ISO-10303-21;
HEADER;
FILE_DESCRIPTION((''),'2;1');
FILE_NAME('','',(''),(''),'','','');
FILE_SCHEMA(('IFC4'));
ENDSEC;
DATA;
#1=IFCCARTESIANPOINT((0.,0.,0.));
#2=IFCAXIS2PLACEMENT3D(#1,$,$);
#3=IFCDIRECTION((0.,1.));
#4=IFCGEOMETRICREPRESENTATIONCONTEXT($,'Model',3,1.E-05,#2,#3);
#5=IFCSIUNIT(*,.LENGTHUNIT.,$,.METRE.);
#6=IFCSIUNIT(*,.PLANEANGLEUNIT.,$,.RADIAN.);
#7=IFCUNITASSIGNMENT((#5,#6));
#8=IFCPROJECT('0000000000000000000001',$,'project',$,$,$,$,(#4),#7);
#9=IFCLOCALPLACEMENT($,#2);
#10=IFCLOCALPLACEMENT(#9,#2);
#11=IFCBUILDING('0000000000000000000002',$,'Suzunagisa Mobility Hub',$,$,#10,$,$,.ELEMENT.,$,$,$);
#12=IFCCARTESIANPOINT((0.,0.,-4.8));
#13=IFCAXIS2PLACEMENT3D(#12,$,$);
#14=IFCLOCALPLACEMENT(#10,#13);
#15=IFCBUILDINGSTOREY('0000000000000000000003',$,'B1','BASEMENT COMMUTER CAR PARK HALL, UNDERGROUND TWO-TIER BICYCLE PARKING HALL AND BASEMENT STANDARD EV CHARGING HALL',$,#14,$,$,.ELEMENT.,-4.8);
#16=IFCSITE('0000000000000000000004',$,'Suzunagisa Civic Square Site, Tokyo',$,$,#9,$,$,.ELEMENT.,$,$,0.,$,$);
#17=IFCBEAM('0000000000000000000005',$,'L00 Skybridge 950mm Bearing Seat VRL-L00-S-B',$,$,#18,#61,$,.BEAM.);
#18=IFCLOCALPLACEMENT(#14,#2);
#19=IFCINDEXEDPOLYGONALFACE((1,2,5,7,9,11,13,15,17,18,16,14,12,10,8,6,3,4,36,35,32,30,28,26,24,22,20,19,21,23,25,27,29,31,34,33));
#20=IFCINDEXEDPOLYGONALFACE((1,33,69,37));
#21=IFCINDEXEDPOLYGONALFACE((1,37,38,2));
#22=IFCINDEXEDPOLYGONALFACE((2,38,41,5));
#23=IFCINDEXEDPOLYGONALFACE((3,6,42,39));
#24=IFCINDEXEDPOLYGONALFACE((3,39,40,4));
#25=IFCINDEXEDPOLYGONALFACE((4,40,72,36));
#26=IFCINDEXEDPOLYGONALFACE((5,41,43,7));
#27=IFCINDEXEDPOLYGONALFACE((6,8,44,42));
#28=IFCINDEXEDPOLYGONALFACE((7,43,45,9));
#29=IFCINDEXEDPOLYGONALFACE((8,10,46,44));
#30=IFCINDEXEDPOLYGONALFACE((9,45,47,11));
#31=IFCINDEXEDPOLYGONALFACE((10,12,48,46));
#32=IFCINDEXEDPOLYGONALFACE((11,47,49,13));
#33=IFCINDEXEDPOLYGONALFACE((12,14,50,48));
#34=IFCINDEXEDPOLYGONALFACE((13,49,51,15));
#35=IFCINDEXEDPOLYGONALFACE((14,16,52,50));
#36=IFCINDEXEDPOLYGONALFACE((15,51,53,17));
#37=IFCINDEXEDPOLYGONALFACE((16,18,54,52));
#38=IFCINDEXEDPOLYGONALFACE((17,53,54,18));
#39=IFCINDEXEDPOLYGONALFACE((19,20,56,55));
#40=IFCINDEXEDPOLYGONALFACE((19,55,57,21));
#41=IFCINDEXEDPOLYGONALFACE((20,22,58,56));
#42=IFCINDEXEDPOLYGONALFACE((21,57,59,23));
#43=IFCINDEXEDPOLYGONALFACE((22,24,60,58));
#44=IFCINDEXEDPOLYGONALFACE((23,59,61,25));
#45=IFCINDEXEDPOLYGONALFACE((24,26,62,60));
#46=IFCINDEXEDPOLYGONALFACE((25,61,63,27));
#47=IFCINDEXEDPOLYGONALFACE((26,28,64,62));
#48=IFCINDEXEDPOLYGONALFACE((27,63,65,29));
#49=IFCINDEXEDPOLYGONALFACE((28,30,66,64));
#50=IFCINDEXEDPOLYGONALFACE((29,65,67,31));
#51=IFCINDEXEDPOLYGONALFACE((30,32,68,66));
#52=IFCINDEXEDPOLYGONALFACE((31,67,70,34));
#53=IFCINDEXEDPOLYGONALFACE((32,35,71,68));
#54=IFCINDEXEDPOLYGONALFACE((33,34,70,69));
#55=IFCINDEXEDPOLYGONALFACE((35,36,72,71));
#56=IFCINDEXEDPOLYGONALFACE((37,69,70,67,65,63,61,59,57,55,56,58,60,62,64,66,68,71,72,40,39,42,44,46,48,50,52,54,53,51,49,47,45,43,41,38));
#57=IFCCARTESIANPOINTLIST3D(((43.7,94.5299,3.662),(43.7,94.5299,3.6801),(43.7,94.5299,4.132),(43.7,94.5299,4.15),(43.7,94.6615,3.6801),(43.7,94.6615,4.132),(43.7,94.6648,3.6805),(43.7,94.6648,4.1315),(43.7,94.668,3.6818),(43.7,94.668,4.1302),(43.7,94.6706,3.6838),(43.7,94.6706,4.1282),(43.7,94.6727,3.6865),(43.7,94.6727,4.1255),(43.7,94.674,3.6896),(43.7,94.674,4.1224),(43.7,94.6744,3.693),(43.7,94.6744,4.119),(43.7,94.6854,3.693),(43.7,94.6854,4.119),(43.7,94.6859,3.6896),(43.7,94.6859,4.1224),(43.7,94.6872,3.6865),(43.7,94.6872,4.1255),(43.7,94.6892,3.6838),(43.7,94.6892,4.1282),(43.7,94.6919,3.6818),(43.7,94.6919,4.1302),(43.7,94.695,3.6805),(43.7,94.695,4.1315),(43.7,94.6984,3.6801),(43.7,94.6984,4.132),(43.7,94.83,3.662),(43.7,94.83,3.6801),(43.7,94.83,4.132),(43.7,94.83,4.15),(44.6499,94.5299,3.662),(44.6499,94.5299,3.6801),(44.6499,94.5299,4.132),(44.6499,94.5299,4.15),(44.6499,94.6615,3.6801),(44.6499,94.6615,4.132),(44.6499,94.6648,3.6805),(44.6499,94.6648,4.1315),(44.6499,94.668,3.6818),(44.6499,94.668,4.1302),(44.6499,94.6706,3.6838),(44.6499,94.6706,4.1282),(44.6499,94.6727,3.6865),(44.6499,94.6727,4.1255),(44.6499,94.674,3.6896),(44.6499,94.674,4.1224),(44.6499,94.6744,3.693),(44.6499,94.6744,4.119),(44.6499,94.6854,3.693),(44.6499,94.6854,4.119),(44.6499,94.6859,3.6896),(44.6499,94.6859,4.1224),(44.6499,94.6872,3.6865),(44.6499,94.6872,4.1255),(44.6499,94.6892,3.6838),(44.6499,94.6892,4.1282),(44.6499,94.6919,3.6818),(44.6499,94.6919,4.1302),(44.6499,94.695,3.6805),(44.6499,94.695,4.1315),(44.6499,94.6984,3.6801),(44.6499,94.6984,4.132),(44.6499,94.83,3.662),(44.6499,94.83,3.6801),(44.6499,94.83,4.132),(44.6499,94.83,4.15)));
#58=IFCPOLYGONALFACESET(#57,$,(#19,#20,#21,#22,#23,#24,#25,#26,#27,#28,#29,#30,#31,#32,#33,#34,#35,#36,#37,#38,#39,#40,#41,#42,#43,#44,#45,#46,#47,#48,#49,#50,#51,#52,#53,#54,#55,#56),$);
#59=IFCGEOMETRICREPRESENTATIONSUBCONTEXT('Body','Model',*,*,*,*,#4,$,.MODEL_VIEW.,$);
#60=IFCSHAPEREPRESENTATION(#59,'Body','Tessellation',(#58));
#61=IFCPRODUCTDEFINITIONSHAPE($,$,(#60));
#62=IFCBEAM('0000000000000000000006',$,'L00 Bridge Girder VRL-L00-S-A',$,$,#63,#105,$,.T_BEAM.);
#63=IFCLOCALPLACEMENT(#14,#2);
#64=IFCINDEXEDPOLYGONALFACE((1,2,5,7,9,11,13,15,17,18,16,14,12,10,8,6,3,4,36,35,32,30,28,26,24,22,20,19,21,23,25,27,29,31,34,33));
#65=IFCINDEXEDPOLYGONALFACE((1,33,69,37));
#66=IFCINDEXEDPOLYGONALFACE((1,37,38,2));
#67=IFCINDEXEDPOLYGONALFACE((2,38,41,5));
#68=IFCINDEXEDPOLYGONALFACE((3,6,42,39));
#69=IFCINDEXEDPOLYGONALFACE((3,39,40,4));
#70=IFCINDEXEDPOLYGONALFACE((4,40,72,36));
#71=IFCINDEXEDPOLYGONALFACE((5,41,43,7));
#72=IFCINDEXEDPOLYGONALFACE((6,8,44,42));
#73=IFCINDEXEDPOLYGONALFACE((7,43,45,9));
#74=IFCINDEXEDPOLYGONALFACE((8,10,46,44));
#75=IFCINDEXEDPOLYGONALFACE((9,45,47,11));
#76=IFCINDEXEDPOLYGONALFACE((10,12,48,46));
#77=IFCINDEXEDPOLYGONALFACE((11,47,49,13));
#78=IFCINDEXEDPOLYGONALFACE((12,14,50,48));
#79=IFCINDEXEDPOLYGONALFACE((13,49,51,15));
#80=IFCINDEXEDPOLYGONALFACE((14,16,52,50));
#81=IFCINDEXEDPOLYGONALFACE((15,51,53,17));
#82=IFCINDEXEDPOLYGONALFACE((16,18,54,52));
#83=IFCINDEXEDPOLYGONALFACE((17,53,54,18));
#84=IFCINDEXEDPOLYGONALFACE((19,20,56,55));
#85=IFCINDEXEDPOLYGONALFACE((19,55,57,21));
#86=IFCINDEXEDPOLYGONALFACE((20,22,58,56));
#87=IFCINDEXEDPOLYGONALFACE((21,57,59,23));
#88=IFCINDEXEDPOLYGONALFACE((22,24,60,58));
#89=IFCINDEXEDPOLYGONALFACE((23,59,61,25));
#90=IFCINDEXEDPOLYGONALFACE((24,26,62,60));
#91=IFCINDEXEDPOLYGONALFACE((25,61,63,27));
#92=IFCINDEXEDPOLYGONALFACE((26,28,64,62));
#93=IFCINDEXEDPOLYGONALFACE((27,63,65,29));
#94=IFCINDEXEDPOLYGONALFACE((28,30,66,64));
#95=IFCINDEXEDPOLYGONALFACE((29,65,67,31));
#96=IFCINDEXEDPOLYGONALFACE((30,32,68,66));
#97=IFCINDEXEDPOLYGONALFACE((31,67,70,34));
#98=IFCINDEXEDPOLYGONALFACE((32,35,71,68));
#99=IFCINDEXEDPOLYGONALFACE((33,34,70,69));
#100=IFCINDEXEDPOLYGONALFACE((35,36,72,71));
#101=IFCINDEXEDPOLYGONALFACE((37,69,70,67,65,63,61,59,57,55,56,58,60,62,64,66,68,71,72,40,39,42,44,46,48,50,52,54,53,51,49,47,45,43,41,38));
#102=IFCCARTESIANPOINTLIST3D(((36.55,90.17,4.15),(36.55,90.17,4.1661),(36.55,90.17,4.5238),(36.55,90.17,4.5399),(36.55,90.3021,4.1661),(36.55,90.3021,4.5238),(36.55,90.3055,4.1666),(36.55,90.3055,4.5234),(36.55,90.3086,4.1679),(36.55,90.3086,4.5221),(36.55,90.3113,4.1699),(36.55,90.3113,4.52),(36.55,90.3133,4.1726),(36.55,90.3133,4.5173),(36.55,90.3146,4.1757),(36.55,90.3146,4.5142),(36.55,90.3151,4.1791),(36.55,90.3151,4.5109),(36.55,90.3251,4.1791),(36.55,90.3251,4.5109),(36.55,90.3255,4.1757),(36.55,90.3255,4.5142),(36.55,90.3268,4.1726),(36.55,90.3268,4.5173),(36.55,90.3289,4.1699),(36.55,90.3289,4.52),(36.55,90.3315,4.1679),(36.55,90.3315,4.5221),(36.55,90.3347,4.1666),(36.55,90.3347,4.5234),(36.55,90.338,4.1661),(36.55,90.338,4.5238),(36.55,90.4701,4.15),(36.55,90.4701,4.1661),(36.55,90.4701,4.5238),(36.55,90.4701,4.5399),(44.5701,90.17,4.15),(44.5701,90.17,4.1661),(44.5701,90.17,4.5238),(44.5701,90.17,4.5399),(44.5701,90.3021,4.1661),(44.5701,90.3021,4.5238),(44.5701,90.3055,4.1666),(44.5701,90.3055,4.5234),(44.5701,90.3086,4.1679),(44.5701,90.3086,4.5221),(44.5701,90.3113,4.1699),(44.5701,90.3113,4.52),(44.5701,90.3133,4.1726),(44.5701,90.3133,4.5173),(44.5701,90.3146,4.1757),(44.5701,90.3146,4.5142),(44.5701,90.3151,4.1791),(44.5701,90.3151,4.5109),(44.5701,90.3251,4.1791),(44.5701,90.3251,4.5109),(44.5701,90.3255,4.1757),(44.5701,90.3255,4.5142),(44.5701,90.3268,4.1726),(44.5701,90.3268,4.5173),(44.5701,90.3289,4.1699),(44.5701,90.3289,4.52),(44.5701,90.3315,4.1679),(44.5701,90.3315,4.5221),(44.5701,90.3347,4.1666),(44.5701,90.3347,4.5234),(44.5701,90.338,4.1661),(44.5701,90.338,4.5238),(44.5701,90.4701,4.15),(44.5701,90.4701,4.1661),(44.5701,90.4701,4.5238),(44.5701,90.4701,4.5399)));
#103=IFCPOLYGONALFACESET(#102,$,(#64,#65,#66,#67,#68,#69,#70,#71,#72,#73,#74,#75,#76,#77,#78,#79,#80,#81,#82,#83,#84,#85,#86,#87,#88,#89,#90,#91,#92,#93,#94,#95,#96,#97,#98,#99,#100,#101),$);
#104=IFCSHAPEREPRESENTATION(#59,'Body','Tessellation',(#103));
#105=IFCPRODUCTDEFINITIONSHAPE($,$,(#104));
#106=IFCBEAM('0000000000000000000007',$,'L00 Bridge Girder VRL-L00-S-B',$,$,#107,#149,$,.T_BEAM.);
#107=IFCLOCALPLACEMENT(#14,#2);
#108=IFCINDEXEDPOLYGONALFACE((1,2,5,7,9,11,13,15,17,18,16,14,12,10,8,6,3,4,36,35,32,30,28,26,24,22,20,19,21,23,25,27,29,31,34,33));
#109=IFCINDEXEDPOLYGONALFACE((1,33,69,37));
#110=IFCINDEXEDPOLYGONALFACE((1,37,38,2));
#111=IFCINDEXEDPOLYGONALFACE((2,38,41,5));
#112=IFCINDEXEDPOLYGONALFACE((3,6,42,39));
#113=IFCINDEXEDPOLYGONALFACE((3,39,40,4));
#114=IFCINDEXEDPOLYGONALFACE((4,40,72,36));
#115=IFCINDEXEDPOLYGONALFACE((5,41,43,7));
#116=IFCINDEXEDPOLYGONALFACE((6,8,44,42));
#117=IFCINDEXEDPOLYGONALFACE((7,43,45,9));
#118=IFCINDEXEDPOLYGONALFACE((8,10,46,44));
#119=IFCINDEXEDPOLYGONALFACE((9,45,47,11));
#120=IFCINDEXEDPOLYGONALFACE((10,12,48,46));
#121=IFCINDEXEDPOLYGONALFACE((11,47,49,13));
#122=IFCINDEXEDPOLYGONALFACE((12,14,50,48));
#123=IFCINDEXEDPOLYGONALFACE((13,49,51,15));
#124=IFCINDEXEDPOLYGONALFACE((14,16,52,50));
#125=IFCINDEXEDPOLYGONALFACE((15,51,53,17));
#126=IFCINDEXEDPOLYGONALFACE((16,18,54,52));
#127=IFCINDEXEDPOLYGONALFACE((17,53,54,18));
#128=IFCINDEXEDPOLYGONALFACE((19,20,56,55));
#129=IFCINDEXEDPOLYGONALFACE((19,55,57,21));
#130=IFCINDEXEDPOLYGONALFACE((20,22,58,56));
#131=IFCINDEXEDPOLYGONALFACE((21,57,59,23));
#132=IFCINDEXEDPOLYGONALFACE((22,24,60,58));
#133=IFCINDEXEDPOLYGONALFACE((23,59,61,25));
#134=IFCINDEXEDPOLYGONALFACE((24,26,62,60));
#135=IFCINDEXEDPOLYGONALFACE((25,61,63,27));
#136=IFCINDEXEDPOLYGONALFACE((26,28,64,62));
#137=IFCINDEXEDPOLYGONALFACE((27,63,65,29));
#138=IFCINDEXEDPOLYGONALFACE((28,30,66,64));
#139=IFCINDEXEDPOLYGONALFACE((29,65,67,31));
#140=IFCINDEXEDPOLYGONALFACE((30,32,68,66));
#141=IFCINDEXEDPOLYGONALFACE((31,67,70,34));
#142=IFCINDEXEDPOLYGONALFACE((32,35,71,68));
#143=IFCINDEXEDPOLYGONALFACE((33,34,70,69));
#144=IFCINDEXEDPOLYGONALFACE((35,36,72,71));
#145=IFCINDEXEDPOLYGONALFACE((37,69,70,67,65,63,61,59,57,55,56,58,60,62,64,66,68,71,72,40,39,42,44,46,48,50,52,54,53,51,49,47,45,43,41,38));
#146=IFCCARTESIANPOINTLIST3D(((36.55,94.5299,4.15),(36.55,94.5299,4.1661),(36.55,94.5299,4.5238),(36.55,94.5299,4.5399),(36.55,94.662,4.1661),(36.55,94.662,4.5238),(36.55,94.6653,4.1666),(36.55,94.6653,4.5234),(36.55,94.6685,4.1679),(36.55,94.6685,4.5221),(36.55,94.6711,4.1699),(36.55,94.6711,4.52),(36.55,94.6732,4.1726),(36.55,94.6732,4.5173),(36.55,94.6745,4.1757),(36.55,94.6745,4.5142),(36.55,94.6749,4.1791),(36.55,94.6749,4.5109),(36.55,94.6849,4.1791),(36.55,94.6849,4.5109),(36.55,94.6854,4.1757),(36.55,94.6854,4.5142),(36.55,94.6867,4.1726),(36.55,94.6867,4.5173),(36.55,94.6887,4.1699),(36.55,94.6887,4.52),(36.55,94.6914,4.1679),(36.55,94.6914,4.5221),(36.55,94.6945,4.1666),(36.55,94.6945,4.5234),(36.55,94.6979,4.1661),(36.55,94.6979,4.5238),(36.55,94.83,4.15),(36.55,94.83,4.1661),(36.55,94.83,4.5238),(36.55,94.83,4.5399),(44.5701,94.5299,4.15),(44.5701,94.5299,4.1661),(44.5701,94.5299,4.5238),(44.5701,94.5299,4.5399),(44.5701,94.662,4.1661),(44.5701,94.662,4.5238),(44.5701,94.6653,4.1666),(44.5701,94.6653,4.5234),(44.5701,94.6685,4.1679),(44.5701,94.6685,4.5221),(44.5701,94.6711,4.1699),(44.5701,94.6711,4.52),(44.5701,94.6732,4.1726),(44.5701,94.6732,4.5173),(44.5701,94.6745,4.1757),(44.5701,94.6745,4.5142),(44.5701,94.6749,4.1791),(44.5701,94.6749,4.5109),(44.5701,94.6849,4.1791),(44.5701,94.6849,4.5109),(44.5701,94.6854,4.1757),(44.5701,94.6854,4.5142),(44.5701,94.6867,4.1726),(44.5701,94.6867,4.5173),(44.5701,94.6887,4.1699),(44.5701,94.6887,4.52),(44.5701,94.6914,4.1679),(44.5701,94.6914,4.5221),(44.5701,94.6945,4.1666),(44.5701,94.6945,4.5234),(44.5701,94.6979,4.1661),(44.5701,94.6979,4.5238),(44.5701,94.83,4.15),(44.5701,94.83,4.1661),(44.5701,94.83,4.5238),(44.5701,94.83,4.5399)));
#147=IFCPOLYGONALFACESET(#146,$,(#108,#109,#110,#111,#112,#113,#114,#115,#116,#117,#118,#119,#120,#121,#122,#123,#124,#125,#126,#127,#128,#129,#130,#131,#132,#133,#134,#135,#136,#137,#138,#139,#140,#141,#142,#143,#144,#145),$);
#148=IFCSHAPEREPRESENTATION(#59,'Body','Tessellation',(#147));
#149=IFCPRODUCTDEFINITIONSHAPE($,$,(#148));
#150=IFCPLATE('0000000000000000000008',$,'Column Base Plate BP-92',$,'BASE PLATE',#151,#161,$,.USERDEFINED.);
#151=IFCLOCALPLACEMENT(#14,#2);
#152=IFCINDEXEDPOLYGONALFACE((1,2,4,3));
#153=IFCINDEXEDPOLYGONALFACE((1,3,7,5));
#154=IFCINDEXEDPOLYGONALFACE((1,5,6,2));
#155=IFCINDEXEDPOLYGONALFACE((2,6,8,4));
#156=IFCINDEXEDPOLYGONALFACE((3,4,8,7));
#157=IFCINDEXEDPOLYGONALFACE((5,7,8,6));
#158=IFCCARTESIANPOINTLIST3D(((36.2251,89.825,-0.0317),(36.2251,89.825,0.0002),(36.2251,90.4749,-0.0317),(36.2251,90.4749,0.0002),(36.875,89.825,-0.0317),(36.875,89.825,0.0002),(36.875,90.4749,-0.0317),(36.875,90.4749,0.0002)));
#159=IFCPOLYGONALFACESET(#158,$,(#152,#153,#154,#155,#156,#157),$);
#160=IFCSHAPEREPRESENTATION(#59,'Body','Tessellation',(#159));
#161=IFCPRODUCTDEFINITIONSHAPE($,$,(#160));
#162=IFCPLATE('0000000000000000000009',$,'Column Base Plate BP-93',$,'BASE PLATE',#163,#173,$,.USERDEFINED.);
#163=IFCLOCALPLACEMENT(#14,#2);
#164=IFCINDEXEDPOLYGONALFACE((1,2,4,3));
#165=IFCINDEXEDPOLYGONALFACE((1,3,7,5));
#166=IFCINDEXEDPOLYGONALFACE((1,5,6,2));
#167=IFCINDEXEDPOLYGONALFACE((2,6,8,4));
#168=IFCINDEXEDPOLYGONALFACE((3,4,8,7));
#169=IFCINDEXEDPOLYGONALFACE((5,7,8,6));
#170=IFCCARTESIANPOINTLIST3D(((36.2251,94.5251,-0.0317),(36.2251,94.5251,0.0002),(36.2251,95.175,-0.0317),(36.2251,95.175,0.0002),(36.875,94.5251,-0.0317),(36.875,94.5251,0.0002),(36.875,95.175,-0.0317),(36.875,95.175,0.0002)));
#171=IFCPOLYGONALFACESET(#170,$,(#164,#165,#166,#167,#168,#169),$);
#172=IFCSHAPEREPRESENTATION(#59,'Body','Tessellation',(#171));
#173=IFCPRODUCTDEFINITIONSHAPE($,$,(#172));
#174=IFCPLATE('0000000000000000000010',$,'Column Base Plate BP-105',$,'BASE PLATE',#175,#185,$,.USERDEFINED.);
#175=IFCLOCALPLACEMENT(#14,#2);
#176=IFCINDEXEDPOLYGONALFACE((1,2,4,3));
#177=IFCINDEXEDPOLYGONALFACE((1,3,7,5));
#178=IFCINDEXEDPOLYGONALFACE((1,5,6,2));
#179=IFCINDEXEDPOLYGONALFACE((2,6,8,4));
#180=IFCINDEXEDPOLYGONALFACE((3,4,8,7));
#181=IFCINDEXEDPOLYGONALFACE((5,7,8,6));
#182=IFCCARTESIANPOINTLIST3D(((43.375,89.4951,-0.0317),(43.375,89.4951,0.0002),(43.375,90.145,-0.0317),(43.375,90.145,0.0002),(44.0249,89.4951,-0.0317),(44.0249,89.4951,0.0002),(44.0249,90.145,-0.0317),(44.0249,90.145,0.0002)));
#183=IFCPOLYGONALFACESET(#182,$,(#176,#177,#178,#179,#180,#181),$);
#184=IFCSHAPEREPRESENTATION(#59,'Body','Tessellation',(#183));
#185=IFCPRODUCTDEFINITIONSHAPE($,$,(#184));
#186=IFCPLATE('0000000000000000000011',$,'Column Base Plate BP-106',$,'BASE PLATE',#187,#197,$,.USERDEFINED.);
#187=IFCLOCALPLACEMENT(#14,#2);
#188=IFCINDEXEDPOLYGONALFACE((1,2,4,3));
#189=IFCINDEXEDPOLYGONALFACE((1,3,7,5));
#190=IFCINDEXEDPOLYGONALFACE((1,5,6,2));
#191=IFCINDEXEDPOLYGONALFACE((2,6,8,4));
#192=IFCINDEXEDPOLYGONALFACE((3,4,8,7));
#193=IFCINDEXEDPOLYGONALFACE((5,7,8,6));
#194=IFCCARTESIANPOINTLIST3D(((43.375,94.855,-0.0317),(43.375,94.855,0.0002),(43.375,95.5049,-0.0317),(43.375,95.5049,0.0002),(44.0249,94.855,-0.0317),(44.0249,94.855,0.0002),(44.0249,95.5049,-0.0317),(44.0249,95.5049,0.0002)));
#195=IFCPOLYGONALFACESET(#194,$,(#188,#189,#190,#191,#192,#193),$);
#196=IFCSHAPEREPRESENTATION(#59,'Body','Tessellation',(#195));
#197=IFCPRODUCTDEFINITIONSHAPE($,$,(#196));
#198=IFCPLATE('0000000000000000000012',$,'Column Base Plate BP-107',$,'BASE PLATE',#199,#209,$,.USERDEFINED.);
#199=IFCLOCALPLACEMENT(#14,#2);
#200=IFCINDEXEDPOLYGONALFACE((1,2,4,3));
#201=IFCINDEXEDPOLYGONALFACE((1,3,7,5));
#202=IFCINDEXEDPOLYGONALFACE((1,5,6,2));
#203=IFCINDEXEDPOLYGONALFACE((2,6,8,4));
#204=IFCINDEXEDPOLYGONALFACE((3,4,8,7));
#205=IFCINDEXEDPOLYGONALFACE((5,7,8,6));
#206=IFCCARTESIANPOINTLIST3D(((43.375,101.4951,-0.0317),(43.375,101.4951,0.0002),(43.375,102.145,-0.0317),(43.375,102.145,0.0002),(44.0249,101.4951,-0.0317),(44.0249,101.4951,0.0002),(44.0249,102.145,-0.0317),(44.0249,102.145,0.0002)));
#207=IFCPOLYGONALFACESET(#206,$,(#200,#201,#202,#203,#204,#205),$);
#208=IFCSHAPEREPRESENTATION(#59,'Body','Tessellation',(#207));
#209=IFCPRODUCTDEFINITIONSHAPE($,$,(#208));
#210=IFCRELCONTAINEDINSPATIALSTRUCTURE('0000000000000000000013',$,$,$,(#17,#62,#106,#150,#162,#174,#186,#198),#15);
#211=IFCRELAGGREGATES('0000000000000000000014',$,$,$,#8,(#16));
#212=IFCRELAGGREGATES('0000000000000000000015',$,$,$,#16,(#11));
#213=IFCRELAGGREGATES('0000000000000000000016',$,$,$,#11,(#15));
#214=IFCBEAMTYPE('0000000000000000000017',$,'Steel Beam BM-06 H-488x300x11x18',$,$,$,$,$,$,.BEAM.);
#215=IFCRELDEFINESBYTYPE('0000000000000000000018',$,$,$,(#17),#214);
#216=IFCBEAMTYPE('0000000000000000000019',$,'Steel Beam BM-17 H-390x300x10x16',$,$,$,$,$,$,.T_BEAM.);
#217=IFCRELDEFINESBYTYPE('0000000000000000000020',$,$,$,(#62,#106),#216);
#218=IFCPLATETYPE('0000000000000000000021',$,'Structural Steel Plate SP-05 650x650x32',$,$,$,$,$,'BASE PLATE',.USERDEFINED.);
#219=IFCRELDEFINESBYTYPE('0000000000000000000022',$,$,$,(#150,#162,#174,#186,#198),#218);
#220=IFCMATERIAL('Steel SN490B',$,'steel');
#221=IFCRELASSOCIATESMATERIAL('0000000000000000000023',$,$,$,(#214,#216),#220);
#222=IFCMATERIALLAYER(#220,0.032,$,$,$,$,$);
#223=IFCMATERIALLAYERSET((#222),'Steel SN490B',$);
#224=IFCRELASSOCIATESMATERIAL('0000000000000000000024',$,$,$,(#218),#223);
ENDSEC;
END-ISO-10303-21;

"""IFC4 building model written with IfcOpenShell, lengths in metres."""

from ifc_helpers import new_model, si_unit, direction, frame, origin, origin_2d, place, context, subcontext, project, spatial, rectangle, i_section, extrude, material, layer, layer_set, material_profile, profile_set, type_object, element, save


model = new_model("IFC4")

# Units and contexts
model_context = context("Model", 3, precision=1e-05, world=origin(), true_north=direction((0.0, 1.0)))
body_context = subcontext(model_context, "Body", "Model", "MODEL_VIEW")
ifc_project = project(units=[si_unit("LENGTHUNIT", "METRE"), si_unit("PLANEANGLEUNIT", "RADIAN")], contexts=[model_context])

# Site, building, storey
site_placement = place(None, origin())
site = spatial("IfcSite", under=ifc_project, at=site_placement, Name="Suzunagisa Civic Square Site, Tokyo", CompositionType="ELEMENT", RefElevation=0.0)
building_placement = place(site_placement, origin())
building = spatial("IfcBuilding", under=site, at=building_placement, Name="Suzunagisa Mobility Hub", CompositionType="ELEMENT")
storey_placement = place(building_placement, frame((0.0, 0.0, -4.8)))
storey = spatial("IfcBuildingStorey", under=building, at=storey_placement, Name="B1", Description="BASEMENT COMMUTER CAR PARK HALL, UNDERGROUND TWO-TIER BICYCLE PARKING HALL AND BASEMENT STANDARD EV CHARGING HALL", CompositionType="ELEMENT", Elevation=-4.8)

# Shared definitions
ifc_material_1 = material(Name="Steel SN490B", Category="steel")

# Beams
ifc_material_profile_1 = material_profile(ifc_material_1, i_section(OverallWidth=0.3, OverallDepth=0.488, WebThickness=0.011, FlangeThickness=0.0181, FilletRadius=0.0129, at=origin_2d()), Name="H-488x300x11x18")
ifc_profile_set_1 = profile_set([ifc_material_profile_1], Name="Steel SN490B")
beam_type_1 = type_object("IfcBeamType", Name="Steel Beam BM-06 H-488x300x11x18", PredefinedType="BEAM", material=ifc_profile_set_1)
for number, where, z_axis, x_axis, name in (
    (1, (43.7, 94.6799, 3.906), (1.0, 0.0, 0.0), (0.0, 1.0, 0.0), "L00 Skybridge 950mm Bearing Seat VRL-L00-S-B"),
):
    element("IfcBeam", number, at=place(storey_placement, frame(where, z_axis=z_axis, x_axis=x_axis)), inside=storey, type_object=beam_type_1, Name=name, PredefinedType="BEAM", context=body_context, shape_type="SweptSolid", body=[
        extrude(i_section(OverallWidth=0.3, OverallDepth=0.488, WebThickness=0.011, FlangeThickness=0.0181, FilletRadius=0.0129, at=origin_2d()), origin(), (0.0, 0.0, 1.0), 0.95),
    ])
ifc_material_profile_2 = material_profile(ifc_material_1, i_section(OverallWidth=0.3, OverallDepth=0.3899, WebThickness=0.01, FlangeThickness=0.0161, FilletRadius=0.0129, at=origin_2d()), Name="H-390x300x10x16")
ifc_profile_set_2 = profile_set([ifc_material_profile_2], Name="Steel SN490B")
beam_type_2 = type_object("IfcBeamType", Name="Steel Beam BM-17 H-390x300x10x16", PredefinedType="T_BEAM", material=ifc_profile_set_2)
for number, where, z_axis, x_axis, name in (
    (2, (36.55, 90.3201, 4.345), (1.0, 0.0, 0.0), (0.0, 1.0, 0.0), "L00 Bridge Girder VRL-L00-S-A"),
    (3, (36.55, 94.6799, 4.345), (1.0, 0.0, 0.0), (0.0, 1.0, 0.0), "L00 Bridge Girder VRL-L00-S-B"),
):
    element("IfcBeam", number, at=place(storey_placement, frame(where, z_axis=z_axis, x_axis=x_axis)), inside=storey, type_object=beam_type_2, Name=name, PredefinedType="T_BEAM", context=body_context, shape_type="SweptSolid", body=[
        extrude(i_section(OverallWidth=0.3, OverallDepth=0.3899, WebThickness=0.01, FlangeThickness=0.0161, FilletRadius=0.0129, at=origin_2d()), origin(), (0.0, 0.0, 1.0), 8.02),
    ])

# Plates
ifc_layer = layer(ifc_material_1, 0.032)
ifc_layer_set = layer_set([ifc_layer], Name="Steel SN490B")
plate_type = type_object("IfcPlateType", Name="Structural Steel Plate SP-05 650x650x32", ElementType="BASE PLATE", PredefinedType="USERDEFINED", material=ifc_layer_set)
for number, where, z_axis, x_axis, name in (
    (4, (36.55, 90.1499, -0.0317), (0.0, 0.0, 1.0), (1.0, 0.0, 0.0), "Column Base Plate BP-92"),
    (5, (36.55, 94.8501, -0.0317), (0.0, 0.0, 1.0), (1.0, 0.0, 0.0), "Column Base Plate BP-93"),
    (6, (43.7, 89.8201, -0.0317), (0.0, 0.0, 1.0), (1.0, 0.0, 0.0), "Column Base Plate BP-105"),
    (7, (43.7, 95.1799, -0.0317), (0.0, 0.0, 1.0), (1.0, 0.0, 0.0), "Column Base Plate BP-106"),
    (8, (43.7, 101.8201, -0.0317), (0.0, 0.0, 1.0), (1.0, 0.0, 0.0), "Column Base Plate BP-107"),
):
    element("IfcPlate", number, at=place(storey_placement, frame(where, z_axis=z_axis, x_axis=x_axis)), inside=storey, type_object=plate_type, Name=name, ObjectType="BASE PLATE", PredefinedType="USERDEFINED", context=body_context, shape_type="SweptSolid", body=[
        extrude(rectangle(XDim=0.6499, YDim=0.6499, at=origin_2d()), origin(), (0.0, 0.0, 1.0), 0.032),
    ])

save(model, "model.ifc")
